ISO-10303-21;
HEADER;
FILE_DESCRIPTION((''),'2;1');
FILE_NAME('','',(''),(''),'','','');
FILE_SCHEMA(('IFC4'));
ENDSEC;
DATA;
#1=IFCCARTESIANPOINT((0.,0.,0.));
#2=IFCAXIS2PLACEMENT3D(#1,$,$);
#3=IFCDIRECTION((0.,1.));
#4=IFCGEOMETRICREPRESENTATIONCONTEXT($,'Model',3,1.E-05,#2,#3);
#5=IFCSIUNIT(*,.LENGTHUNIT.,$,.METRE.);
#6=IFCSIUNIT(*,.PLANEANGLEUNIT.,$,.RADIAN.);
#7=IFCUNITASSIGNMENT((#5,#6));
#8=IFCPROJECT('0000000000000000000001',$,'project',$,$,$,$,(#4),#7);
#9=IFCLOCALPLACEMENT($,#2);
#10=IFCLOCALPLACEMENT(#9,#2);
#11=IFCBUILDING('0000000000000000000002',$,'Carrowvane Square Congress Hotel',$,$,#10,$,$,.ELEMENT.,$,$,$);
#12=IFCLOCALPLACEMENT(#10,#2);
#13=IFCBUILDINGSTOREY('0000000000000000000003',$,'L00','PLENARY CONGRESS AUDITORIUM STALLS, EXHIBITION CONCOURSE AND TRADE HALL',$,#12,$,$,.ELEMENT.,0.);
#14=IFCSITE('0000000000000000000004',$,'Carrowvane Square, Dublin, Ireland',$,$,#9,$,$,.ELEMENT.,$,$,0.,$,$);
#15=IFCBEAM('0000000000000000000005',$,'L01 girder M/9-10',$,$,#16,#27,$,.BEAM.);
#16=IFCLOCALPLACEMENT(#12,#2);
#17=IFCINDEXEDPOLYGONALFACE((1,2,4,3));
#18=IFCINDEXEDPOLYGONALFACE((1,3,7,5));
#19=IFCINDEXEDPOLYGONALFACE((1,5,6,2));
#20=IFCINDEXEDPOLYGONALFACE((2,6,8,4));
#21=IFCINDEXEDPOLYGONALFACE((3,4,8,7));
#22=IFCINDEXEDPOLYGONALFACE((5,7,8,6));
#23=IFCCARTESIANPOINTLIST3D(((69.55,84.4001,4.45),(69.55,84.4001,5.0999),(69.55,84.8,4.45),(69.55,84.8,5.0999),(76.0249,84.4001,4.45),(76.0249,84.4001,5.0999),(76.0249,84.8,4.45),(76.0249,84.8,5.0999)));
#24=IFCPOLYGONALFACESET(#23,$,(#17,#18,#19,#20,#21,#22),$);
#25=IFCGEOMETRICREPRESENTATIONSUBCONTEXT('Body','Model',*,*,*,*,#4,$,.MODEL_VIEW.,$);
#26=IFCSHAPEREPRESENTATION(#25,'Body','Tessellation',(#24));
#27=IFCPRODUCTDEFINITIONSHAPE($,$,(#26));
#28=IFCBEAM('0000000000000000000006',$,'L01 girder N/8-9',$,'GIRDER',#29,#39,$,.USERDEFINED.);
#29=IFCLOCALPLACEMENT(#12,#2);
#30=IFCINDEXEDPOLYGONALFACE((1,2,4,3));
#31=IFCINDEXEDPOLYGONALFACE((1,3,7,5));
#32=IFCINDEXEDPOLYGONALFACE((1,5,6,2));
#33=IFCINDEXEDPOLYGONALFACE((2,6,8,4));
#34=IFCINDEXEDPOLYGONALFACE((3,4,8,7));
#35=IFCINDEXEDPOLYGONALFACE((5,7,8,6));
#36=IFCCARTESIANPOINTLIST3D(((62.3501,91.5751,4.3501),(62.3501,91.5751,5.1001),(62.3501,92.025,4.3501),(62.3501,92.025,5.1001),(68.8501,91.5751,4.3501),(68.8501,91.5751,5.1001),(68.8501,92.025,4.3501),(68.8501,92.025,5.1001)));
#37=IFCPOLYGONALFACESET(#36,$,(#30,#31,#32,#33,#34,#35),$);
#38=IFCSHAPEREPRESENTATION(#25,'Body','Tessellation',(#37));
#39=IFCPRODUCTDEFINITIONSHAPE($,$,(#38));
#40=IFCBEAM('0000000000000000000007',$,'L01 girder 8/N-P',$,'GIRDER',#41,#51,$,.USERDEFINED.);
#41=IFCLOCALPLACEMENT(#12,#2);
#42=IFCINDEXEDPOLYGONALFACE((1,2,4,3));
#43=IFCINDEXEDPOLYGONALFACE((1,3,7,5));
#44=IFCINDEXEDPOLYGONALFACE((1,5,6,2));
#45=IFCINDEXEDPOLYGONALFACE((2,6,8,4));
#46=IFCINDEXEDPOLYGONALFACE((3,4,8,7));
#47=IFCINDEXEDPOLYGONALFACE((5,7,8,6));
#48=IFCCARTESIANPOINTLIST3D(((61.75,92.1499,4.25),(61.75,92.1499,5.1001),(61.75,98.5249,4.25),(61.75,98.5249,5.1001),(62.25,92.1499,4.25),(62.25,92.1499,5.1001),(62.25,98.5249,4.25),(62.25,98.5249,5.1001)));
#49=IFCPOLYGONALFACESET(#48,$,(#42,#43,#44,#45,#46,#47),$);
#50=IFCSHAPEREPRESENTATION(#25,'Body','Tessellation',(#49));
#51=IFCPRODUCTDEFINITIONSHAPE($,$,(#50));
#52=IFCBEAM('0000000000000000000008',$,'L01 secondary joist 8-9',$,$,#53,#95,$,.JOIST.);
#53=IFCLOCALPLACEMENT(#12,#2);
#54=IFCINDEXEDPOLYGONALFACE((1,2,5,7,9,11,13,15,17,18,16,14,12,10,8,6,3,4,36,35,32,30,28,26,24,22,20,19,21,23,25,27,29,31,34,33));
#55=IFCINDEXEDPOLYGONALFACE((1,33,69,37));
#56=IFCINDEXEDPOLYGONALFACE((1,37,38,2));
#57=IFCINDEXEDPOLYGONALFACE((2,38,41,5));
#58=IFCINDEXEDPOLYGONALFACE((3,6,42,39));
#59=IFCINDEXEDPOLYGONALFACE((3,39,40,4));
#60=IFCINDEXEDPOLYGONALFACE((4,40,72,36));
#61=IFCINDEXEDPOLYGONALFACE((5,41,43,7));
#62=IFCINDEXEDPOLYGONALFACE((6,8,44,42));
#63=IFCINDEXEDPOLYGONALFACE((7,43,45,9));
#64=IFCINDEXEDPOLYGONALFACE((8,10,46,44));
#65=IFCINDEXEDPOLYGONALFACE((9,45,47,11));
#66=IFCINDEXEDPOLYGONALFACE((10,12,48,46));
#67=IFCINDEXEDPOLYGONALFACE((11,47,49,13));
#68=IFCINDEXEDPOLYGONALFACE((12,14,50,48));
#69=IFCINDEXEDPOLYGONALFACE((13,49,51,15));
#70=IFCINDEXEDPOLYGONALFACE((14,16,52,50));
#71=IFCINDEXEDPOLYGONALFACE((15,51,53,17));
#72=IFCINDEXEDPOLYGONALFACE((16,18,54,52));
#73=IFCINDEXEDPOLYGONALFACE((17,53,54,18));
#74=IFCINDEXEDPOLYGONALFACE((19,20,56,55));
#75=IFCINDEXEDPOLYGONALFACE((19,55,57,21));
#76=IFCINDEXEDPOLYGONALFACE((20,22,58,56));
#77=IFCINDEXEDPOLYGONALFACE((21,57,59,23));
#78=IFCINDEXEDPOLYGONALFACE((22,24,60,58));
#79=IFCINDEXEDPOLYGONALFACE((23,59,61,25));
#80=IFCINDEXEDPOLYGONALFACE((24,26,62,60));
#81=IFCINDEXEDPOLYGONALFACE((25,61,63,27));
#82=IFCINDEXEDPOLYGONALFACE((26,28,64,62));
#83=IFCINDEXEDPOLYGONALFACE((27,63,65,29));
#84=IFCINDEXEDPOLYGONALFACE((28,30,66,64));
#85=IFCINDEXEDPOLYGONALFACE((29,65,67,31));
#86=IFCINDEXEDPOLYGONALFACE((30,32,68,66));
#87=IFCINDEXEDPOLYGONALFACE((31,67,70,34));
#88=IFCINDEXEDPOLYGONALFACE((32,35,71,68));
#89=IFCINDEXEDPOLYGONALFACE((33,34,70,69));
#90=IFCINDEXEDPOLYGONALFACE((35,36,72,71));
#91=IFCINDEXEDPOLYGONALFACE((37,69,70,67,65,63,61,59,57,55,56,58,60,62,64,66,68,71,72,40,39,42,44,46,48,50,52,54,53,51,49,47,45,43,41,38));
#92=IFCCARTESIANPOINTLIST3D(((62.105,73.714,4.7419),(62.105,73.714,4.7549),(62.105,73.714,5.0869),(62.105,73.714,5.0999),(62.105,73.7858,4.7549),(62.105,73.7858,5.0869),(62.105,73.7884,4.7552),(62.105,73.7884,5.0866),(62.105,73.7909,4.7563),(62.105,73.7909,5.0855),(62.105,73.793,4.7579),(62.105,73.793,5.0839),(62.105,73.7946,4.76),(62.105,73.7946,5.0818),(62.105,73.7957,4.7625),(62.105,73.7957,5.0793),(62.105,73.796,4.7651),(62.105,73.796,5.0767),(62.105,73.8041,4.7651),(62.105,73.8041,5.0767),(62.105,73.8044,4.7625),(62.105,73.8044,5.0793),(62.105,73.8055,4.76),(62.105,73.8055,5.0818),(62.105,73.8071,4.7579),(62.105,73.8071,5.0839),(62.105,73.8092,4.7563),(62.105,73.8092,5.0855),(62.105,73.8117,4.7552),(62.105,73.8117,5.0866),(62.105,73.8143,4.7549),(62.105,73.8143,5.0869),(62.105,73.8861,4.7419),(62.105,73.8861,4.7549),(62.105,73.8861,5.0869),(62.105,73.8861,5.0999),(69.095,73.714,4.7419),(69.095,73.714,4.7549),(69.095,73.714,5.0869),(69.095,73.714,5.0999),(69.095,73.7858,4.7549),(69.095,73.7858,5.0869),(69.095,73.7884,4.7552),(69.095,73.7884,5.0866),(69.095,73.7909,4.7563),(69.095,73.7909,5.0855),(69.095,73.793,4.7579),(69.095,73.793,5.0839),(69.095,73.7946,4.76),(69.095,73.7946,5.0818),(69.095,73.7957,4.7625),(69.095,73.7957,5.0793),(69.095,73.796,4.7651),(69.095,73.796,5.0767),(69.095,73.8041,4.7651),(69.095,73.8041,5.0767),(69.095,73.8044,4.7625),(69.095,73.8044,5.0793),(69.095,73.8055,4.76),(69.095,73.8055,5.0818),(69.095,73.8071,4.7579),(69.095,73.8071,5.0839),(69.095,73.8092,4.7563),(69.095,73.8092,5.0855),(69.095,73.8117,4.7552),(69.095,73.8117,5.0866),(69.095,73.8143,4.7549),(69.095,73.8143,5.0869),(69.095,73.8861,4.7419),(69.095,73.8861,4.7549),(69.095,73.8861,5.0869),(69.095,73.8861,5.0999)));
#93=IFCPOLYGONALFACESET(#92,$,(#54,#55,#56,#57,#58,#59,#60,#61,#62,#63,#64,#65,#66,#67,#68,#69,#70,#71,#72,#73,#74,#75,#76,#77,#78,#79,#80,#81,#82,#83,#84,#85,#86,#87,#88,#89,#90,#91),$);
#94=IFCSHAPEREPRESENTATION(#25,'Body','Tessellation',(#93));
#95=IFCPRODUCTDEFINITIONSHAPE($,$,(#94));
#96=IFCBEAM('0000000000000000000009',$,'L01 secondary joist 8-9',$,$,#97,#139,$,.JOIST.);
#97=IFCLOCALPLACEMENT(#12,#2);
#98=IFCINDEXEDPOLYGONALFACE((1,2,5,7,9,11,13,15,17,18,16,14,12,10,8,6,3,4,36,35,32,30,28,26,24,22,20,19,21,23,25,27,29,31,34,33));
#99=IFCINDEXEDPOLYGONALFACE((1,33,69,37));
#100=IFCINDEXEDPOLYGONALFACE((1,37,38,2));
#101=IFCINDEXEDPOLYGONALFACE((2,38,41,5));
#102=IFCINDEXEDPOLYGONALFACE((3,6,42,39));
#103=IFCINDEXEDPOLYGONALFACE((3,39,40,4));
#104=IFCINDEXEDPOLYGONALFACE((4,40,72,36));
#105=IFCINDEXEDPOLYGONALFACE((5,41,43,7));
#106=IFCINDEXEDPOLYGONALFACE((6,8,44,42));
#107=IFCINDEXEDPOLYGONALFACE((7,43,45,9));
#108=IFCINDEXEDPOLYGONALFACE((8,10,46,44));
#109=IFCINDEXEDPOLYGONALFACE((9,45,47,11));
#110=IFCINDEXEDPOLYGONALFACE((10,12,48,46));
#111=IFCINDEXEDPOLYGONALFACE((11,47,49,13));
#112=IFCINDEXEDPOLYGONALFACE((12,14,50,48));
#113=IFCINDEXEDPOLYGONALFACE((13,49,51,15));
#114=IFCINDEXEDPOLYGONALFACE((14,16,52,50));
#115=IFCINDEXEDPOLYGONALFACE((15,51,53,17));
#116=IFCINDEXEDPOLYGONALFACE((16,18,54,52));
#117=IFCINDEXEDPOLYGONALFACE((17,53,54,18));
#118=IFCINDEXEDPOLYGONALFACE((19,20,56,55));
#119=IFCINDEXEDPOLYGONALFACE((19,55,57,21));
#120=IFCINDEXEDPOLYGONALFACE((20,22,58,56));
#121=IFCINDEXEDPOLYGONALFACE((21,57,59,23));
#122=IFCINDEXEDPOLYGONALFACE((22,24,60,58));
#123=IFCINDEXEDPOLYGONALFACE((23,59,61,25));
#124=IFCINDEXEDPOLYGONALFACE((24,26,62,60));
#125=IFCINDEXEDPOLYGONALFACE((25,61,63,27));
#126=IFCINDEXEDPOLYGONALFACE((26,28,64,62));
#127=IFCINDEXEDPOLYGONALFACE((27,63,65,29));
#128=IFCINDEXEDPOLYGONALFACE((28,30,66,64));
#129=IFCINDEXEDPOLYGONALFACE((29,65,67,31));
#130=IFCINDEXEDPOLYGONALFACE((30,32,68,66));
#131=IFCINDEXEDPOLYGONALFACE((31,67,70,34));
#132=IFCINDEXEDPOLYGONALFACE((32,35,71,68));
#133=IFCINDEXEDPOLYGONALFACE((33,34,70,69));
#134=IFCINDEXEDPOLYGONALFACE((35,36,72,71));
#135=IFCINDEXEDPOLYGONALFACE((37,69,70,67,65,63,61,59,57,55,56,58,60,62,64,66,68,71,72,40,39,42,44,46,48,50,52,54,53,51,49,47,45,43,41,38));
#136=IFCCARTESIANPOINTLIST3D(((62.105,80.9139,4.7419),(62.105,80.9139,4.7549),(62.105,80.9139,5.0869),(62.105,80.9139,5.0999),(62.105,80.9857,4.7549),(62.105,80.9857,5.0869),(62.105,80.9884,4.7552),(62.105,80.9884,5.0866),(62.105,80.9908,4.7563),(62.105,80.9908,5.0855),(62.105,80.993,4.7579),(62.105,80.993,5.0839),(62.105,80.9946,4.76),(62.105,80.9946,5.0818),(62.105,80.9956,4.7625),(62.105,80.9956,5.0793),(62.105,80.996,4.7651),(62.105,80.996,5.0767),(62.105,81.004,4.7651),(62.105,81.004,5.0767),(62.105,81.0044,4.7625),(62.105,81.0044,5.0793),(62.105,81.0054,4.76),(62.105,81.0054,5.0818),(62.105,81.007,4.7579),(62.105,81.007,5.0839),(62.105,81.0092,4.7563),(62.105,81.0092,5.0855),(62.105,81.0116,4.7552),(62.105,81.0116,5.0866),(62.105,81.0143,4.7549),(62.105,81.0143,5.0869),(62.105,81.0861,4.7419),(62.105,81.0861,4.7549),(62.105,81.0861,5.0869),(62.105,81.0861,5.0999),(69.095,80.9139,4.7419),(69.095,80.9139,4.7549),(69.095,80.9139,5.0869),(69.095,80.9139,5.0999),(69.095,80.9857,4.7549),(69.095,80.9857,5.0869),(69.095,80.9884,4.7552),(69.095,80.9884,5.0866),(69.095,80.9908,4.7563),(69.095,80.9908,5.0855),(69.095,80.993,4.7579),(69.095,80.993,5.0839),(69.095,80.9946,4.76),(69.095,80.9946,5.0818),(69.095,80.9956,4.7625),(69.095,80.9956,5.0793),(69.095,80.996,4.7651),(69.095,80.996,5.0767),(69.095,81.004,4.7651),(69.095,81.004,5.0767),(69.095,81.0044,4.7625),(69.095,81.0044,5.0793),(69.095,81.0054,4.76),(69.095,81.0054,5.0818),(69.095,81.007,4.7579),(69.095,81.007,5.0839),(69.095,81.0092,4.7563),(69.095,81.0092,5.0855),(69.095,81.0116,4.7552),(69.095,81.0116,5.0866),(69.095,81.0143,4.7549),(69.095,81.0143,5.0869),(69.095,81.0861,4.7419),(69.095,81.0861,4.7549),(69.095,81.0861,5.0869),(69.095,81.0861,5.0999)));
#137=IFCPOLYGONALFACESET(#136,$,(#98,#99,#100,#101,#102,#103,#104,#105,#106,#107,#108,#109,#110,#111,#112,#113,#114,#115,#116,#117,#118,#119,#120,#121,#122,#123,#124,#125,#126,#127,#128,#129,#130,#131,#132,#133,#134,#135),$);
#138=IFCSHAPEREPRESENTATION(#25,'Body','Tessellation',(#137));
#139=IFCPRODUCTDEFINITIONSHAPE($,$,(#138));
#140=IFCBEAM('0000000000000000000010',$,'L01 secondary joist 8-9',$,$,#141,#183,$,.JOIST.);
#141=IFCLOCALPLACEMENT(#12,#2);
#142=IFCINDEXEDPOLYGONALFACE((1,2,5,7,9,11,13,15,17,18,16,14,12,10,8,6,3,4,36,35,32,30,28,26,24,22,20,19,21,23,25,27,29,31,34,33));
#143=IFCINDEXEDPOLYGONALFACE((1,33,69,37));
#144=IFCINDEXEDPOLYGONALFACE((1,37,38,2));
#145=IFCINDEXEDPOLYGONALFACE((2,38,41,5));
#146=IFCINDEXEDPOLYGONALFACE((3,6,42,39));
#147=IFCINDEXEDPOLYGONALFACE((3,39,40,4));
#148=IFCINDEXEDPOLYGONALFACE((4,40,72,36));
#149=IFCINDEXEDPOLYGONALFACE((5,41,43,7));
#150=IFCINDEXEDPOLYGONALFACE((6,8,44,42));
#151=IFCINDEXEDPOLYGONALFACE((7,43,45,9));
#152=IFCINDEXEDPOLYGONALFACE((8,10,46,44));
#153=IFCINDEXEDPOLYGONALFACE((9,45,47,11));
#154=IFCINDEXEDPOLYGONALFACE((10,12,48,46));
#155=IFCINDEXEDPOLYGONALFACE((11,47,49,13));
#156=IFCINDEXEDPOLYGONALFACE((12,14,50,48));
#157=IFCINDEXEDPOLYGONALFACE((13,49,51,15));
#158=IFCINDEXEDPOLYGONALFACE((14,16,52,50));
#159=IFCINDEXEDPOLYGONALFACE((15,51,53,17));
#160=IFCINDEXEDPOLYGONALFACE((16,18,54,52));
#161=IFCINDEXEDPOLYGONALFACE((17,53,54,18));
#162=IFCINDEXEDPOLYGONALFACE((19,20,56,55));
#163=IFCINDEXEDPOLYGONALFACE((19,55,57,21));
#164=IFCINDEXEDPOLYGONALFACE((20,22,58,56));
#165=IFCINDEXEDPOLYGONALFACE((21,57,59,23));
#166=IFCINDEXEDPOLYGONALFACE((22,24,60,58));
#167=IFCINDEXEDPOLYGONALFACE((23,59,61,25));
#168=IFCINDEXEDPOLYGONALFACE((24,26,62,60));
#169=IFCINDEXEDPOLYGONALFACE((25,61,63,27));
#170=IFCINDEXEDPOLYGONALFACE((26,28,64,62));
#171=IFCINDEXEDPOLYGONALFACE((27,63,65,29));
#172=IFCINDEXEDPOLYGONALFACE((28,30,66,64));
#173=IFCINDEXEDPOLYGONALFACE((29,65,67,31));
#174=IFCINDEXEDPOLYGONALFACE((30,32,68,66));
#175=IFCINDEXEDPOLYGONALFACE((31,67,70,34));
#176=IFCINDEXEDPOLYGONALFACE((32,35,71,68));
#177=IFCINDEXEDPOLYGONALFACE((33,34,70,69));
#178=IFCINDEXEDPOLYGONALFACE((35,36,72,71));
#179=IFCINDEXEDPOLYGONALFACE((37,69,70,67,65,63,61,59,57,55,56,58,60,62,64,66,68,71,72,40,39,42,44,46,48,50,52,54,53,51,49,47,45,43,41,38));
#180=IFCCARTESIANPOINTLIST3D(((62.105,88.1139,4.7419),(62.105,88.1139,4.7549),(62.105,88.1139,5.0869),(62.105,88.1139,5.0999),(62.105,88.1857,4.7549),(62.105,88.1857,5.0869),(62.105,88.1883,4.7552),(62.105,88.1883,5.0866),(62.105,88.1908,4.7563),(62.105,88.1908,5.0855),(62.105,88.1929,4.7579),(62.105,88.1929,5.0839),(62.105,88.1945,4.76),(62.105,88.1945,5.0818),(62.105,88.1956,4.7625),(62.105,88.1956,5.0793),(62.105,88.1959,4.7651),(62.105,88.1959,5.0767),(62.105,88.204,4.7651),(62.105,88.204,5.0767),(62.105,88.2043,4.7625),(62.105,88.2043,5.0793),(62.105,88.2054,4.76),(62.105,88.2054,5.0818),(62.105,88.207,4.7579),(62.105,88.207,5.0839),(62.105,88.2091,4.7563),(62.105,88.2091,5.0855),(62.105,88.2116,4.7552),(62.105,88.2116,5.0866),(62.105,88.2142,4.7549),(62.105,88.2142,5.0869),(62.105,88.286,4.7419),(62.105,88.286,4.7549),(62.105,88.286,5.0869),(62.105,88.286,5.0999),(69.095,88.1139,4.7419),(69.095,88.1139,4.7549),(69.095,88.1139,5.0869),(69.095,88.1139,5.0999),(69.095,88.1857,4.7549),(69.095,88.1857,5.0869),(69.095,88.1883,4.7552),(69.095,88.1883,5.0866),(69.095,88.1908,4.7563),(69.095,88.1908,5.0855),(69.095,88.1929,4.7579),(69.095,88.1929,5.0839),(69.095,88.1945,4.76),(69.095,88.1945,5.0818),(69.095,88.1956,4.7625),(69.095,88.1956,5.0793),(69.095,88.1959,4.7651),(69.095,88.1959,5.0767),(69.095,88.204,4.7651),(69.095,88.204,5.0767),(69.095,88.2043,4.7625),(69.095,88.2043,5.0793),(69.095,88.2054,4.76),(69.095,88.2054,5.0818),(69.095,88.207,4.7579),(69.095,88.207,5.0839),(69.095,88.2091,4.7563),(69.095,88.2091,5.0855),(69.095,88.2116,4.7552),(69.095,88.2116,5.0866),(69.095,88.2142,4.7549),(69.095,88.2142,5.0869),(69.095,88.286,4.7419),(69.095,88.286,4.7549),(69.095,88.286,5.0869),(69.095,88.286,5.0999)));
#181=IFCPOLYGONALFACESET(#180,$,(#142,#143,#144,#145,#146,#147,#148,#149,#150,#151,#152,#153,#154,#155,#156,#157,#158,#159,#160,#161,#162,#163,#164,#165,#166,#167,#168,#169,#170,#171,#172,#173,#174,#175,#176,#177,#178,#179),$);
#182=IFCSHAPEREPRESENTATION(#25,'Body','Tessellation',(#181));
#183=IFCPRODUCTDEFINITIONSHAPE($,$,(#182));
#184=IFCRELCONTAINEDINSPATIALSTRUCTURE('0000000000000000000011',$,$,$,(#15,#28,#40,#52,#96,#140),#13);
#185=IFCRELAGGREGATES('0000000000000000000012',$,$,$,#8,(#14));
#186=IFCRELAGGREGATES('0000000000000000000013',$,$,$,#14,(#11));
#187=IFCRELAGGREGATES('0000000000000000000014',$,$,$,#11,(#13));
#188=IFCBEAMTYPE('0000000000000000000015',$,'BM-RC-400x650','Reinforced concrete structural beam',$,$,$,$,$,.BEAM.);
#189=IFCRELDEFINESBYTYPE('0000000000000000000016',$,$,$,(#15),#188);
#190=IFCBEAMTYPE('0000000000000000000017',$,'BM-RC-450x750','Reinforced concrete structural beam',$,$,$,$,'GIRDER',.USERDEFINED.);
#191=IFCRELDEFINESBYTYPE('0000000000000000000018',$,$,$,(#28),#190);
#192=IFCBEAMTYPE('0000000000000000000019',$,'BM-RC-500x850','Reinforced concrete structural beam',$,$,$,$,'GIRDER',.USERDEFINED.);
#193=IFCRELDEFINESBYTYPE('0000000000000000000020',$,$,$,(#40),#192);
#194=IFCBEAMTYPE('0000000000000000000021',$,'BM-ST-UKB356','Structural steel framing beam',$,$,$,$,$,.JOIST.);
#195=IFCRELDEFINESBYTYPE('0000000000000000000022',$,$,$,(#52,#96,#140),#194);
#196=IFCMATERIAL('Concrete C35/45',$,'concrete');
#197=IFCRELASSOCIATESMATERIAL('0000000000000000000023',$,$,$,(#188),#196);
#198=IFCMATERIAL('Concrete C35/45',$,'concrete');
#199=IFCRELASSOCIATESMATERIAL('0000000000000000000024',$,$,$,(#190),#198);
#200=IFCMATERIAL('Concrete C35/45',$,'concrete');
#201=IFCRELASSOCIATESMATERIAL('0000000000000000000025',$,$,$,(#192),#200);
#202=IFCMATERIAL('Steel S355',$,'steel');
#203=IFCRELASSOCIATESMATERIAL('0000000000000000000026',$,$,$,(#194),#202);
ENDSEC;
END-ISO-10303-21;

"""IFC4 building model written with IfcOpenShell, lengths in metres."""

from ifc_helpers import new_model, si_unit, direction, frame, origin, origin_2d, place, context, subcontext, project, spatial, rectangle, i_section, extrude, material, material_profile, profile_set, type_object, element, save


model = new_model("IFC4")

# Units and contexts
model_context = context("Model", 3, precision=1e-05, world=origin(), true_north=direction((0.0, 1.0)))
body_context = subcontext(model_context, "Body", "Model", "MODEL_VIEW")
ifc_project = project(units=[si_unit("LENGTHUNIT", "METRE"), si_unit("PLANEANGLEUNIT", "RADIAN")], contexts=[model_context])

# Site, building, storey
site_placement = place(None, origin())
site = spatial("IfcSite", under=ifc_project, at=site_placement, Name="Carrowvane Square, Dublin, Ireland", CompositionType="ELEMENT", RefElevation=0.0)
building_placement = place(site_placement, origin())
building = spatial("IfcBuilding", under=site, at=building_placement, Name="Carrowvane Square Congress Hotel", CompositionType="ELEMENT")
storey_placement = place(building_placement, origin())
storey = spatial("IfcBuildingStorey", under=building, at=storey_placement, Name="L00", Description="PLENARY CONGRESS AUDITORIUM STALLS, EXHIBITION CONCOURSE AND TRADE HALL", CompositionType="ELEMENT", Elevation=0.0)

# Beams
ifc_material_1 = material(Name="Concrete C35/45", Category="concrete")
ifc_material_profile_1 = material_profile(ifc_material_1, rectangle(XDim=0.3999, YDim=0.6499, at=origin_2d()), Name="RC 400x650")
ifc_profile_set_1 = profile_set([ifc_material_profile_1], Name="Concrete C35/45")
beam_type_1 = type_object("IfcBeamType", Name="BM-RC-400x650", Description="Reinforced concrete structural beam", PredefinedType="BEAM", material=ifc_profile_set_1)
beam_1_placement = place(storey_placement, frame((69.55, 84.6001, 4.7749), z_axis=(1.0, 0.0, 0.0), x_axis=(0.0, 1.0, 0.0)))
element("IfcBeam", 1, at=beam_1_placement, inside=storey, type_object=beam_type_1, Name="L01 girder M/9-10", PredefinedType="BEAM", context=body_context, shape_type="SweptSolid", body=[
    extrude(rectangle(XDim=0.3999, YDim=0.6499, at=origin_2d()), origin(), (0.0, 0.0, 1.0), 6.4749),
])
ifc_material_2 = material(Name="Concrete C35/45", Category="concrete")
ifc_material_profile_2 = material_profile(ifc_material_2, rectangle(XDim=0.45, YDim=0.75, at=origin_2d()), Name="RC 450x750")
ifc_profile_set_2 = profile_set([ifc_material_profile_2], Name="Concrete C35/45")
beam_type_2 = type_object("IfcBeamType", Name="BM-RC-450x750", Description="Reinforced concrete structural beam", ElementType="GIRDER", PredefinedType="USERDEFINED", material=ifc_profile_set_2)
beam_2_placement = place(storey_placement, frame((62.3501, 91.8, 4.7251), z_axis=(1.0, 0.0, 0.0), x_axis=(0.0, 1.0, 0.0)))
element("IfcBeam", 2, at=beam_2_placement, inside=storey, type_object=beam_type_2, Name="L01 girder N/8-9", ObjectType="GIRDER", PredefinedType="USERDEFINED", context=body_context, shape_type="SweptSolid", body=[
    extrude(rectangle(XDim=0.45, YDim=0.75, at=origin_2d()), origin(), (0.0, 0.0, 1.0), 6.5),
])
ifc_material_3 = material(Name="Concrete C35/45", Category="concrete")
ifc_material_profile_3 = material_profile(ifc_material_3, rectangle(XDim=0.5, YDim=0.8501, at=origin_2d()), Name="RC 500x850")
ifc_profile_set_3 = profile_set([ifc_material_profile_3], Name="Concrete C35/45")
beam_type_3 = type_object("IfcBeamType", Name="BM-RC-500x850", Description="Reinforced concrete structural beam", ElementType="GIRDER", PredefinedType="USERDEFINED", material=ifc_profile_set_3)
beam_3_placement = place(storey_placement, frame((62.0, 92.1499, 4.675), z_axis=(0.0, 1.0, 0.0), x_axis=(-1.0, 0.0, 0.0)))
element("IfcBeam", 3, at=beam_3_placement, inside=storey, type_object=beam_type_3, Name="L01 girder 8/N-P", ObjectType="GIRDER", PredefinedType="USERDEFINED", context=body_context, shape_type="SweptSolid", body=[
    extrude(rectangle(XDim=0.5, YDim=0.8501, at=origin_2d()), origin(), (0.0, 0.0, 1.0), 6.375),
])
ifc_material_4 = material(Name="Steel S355", Category="steel")
ifc_material_profile_4 = material_profile(ifc_material_4, i_section(OverallWidth=0.1721, OverallDepth=0.3579, WebThickness=0.0081, FlangeThickness=0.0129, FilletRadius=0.0103, at=origin_2d()), Name="UKB 356x171x57")
ifc_profile_set_4 = profile_set([ifc_material_profile_4], Name="Steel S355")
beam_type_4 = type_object("IfcBeamType", Name="BM-ST-UKB356", Description="Structural steel framing beam", PredefinedType="JOIST", material=ifc_profile_set_4)
for number, where, z_axis, x_axis, name in (
    (4, (62.105, 73.8, 4.9209), (1.0, 0.0, 0.0), (0.0, 1.0, 0.0), "L01 secondary joist 8-9"),
    (5, (62.105, 81.0, 4.9209), (1.0, 0.0, 0.0), (0.0, 1.0, 0.0), "L01 secondary joist 8-9"),
    (6, (62.105, 88.2, 4.9209), (1.0, 0.0, 0.0), (0.0, 1.0, 0.0), "L01 secondary joist 8-9"),
):
    element("IfcBeam", number, at=place(storey_placement, frame(where, z_axis=z_axis, x_axis=x_axis)), inside=storey, type_object=beam_type_4, Name=name, PredefinedType="JOIST", context=body_context, shape_type="SweptSolid", body=[
        extrude(i_section(OverallWidth=0.1721, OverallDepth=0.3579, WebThickness=0.0081, FlangeThickness=0.0129, FilletRadius=0.0103, at=origin_2d()), origin(), (0.0, 0.0, 1.0), 6.99),
    ])

save(model, "model.ifc")
